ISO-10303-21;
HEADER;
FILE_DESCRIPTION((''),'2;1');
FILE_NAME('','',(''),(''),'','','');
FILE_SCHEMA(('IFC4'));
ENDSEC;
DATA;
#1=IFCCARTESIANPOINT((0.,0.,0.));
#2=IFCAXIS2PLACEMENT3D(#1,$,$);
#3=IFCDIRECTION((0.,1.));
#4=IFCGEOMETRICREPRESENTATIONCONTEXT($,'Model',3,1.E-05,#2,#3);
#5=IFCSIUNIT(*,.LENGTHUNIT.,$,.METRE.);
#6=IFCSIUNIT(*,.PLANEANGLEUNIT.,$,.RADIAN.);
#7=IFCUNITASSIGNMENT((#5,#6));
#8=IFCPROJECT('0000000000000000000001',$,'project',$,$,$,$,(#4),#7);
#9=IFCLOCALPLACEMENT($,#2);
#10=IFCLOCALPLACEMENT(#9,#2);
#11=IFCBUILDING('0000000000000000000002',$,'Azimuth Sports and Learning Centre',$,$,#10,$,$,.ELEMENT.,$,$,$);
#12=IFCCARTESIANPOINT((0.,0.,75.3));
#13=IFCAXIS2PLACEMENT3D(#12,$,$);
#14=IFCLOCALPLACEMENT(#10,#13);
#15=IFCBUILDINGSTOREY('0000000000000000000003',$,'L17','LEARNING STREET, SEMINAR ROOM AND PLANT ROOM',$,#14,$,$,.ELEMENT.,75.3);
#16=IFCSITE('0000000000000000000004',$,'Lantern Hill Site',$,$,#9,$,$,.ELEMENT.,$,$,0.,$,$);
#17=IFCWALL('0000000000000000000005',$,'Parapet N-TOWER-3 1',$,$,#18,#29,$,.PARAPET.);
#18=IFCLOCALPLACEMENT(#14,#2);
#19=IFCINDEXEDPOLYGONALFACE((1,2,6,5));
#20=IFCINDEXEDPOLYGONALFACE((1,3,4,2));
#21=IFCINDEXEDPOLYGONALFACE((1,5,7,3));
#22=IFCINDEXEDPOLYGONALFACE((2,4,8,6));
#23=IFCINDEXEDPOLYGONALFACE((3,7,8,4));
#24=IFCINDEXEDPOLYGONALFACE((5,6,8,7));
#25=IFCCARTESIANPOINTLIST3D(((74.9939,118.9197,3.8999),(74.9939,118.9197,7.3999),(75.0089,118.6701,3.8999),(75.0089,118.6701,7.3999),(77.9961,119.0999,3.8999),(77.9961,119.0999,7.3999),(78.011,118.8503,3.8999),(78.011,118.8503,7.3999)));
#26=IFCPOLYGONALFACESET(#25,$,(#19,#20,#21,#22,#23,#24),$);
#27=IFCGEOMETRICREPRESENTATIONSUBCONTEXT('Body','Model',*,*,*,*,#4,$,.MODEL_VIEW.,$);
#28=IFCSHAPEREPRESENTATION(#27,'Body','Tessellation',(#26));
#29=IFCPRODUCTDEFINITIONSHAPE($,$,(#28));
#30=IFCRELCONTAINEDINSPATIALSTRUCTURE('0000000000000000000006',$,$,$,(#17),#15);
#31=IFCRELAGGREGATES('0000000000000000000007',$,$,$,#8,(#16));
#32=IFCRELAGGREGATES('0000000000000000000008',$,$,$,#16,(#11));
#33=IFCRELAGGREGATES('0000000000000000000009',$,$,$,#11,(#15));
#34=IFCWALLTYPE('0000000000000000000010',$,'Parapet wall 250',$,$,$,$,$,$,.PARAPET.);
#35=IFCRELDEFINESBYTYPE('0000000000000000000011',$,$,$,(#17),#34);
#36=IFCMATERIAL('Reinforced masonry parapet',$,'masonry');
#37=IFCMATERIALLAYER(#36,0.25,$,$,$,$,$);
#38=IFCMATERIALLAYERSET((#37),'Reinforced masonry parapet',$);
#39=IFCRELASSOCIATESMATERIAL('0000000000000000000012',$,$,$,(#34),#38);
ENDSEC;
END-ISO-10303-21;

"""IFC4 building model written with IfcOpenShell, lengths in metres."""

from ifc_helpers import new_model, si_unit, direction, frame, frame_2d, origin, place, context, subcontext, project, spatial, rectangle, extrude, material, layer, layer_set, type_object, element, save


model = new_model("IFC4")

# Units and contexts
model_context = context("Model", 3, precision=1e-05, world=origin(), true_north=direction((0.0, 1.0)))
body_context = subcontext(model_context, "Body", "Model", "MODEL_VIEW")
ifc_project = project(units=[si_unit("LENGTHUNIT", "METRE"), si_unit("PLANEANGLEUNIT", "RADIAN")], contexts=[model_context])

# Site, building, storey
site_placement = place(None, origin())
site = spatial("IfcSite", under=ifc_project, at=site_placement, Name="Lantern Hill Site", CompositionType="ELEMENT", RefElevation=0.0)
building_placement = place(site_placement, origin())
building = spatial("IfcBuilding", under=site, at=building_placement, Name="Azimuth Sports and Learning Centre", CompositionType="ELEMENT")
storey_placement = place(building_placement, frame((0.0, 0.0, 75.3)))
storey = spatial("IfcBuildingStorey", under=building, at=storey_placement, Name="L17", Description="LEARNING STREET, SEMINAR ROOM AND PLANT ROOM", CompositionType="ELEMENT", Elevation=75.3)

# Wall
ifc_material_1 = material(Name="Reinforced masonry parapet", Category="masonry")
ifc_layer_1 = layer(ifc_material_1, 0.25)
ifc_layer_set_1 = layer_set([ifc_layer_1], Name="Reinforced masonry parapet")
wall_type = type_object("IfcWallType", Name="Parapet wall 250", PredefinedType="PARAPET", material=ifc_layer_set_1)
wall_1_placement = place(storey_placement, frame((78.0037, 118.9751, 3.8999), z_axis=(0.0, 0.0, 1.0), x_axis=(-0.998204, -0.059907, 0.0)))
element("IfcWall", 1, at=wall_1_placement, inside=storey, type_object=wall_type, Name="Parapet N-TOWER-3 1", PredefinedType="PARAPET", context=body_context, shape_type="SweptSolid", body=[
    extrude(rectangle(XDim=3.0076, YDim=0.25, at=frame_2d((1.5039, 0.0))), origin(), (0.0, 0.0, 1.0), 3.5),
])

save(model, "model.ifc")
